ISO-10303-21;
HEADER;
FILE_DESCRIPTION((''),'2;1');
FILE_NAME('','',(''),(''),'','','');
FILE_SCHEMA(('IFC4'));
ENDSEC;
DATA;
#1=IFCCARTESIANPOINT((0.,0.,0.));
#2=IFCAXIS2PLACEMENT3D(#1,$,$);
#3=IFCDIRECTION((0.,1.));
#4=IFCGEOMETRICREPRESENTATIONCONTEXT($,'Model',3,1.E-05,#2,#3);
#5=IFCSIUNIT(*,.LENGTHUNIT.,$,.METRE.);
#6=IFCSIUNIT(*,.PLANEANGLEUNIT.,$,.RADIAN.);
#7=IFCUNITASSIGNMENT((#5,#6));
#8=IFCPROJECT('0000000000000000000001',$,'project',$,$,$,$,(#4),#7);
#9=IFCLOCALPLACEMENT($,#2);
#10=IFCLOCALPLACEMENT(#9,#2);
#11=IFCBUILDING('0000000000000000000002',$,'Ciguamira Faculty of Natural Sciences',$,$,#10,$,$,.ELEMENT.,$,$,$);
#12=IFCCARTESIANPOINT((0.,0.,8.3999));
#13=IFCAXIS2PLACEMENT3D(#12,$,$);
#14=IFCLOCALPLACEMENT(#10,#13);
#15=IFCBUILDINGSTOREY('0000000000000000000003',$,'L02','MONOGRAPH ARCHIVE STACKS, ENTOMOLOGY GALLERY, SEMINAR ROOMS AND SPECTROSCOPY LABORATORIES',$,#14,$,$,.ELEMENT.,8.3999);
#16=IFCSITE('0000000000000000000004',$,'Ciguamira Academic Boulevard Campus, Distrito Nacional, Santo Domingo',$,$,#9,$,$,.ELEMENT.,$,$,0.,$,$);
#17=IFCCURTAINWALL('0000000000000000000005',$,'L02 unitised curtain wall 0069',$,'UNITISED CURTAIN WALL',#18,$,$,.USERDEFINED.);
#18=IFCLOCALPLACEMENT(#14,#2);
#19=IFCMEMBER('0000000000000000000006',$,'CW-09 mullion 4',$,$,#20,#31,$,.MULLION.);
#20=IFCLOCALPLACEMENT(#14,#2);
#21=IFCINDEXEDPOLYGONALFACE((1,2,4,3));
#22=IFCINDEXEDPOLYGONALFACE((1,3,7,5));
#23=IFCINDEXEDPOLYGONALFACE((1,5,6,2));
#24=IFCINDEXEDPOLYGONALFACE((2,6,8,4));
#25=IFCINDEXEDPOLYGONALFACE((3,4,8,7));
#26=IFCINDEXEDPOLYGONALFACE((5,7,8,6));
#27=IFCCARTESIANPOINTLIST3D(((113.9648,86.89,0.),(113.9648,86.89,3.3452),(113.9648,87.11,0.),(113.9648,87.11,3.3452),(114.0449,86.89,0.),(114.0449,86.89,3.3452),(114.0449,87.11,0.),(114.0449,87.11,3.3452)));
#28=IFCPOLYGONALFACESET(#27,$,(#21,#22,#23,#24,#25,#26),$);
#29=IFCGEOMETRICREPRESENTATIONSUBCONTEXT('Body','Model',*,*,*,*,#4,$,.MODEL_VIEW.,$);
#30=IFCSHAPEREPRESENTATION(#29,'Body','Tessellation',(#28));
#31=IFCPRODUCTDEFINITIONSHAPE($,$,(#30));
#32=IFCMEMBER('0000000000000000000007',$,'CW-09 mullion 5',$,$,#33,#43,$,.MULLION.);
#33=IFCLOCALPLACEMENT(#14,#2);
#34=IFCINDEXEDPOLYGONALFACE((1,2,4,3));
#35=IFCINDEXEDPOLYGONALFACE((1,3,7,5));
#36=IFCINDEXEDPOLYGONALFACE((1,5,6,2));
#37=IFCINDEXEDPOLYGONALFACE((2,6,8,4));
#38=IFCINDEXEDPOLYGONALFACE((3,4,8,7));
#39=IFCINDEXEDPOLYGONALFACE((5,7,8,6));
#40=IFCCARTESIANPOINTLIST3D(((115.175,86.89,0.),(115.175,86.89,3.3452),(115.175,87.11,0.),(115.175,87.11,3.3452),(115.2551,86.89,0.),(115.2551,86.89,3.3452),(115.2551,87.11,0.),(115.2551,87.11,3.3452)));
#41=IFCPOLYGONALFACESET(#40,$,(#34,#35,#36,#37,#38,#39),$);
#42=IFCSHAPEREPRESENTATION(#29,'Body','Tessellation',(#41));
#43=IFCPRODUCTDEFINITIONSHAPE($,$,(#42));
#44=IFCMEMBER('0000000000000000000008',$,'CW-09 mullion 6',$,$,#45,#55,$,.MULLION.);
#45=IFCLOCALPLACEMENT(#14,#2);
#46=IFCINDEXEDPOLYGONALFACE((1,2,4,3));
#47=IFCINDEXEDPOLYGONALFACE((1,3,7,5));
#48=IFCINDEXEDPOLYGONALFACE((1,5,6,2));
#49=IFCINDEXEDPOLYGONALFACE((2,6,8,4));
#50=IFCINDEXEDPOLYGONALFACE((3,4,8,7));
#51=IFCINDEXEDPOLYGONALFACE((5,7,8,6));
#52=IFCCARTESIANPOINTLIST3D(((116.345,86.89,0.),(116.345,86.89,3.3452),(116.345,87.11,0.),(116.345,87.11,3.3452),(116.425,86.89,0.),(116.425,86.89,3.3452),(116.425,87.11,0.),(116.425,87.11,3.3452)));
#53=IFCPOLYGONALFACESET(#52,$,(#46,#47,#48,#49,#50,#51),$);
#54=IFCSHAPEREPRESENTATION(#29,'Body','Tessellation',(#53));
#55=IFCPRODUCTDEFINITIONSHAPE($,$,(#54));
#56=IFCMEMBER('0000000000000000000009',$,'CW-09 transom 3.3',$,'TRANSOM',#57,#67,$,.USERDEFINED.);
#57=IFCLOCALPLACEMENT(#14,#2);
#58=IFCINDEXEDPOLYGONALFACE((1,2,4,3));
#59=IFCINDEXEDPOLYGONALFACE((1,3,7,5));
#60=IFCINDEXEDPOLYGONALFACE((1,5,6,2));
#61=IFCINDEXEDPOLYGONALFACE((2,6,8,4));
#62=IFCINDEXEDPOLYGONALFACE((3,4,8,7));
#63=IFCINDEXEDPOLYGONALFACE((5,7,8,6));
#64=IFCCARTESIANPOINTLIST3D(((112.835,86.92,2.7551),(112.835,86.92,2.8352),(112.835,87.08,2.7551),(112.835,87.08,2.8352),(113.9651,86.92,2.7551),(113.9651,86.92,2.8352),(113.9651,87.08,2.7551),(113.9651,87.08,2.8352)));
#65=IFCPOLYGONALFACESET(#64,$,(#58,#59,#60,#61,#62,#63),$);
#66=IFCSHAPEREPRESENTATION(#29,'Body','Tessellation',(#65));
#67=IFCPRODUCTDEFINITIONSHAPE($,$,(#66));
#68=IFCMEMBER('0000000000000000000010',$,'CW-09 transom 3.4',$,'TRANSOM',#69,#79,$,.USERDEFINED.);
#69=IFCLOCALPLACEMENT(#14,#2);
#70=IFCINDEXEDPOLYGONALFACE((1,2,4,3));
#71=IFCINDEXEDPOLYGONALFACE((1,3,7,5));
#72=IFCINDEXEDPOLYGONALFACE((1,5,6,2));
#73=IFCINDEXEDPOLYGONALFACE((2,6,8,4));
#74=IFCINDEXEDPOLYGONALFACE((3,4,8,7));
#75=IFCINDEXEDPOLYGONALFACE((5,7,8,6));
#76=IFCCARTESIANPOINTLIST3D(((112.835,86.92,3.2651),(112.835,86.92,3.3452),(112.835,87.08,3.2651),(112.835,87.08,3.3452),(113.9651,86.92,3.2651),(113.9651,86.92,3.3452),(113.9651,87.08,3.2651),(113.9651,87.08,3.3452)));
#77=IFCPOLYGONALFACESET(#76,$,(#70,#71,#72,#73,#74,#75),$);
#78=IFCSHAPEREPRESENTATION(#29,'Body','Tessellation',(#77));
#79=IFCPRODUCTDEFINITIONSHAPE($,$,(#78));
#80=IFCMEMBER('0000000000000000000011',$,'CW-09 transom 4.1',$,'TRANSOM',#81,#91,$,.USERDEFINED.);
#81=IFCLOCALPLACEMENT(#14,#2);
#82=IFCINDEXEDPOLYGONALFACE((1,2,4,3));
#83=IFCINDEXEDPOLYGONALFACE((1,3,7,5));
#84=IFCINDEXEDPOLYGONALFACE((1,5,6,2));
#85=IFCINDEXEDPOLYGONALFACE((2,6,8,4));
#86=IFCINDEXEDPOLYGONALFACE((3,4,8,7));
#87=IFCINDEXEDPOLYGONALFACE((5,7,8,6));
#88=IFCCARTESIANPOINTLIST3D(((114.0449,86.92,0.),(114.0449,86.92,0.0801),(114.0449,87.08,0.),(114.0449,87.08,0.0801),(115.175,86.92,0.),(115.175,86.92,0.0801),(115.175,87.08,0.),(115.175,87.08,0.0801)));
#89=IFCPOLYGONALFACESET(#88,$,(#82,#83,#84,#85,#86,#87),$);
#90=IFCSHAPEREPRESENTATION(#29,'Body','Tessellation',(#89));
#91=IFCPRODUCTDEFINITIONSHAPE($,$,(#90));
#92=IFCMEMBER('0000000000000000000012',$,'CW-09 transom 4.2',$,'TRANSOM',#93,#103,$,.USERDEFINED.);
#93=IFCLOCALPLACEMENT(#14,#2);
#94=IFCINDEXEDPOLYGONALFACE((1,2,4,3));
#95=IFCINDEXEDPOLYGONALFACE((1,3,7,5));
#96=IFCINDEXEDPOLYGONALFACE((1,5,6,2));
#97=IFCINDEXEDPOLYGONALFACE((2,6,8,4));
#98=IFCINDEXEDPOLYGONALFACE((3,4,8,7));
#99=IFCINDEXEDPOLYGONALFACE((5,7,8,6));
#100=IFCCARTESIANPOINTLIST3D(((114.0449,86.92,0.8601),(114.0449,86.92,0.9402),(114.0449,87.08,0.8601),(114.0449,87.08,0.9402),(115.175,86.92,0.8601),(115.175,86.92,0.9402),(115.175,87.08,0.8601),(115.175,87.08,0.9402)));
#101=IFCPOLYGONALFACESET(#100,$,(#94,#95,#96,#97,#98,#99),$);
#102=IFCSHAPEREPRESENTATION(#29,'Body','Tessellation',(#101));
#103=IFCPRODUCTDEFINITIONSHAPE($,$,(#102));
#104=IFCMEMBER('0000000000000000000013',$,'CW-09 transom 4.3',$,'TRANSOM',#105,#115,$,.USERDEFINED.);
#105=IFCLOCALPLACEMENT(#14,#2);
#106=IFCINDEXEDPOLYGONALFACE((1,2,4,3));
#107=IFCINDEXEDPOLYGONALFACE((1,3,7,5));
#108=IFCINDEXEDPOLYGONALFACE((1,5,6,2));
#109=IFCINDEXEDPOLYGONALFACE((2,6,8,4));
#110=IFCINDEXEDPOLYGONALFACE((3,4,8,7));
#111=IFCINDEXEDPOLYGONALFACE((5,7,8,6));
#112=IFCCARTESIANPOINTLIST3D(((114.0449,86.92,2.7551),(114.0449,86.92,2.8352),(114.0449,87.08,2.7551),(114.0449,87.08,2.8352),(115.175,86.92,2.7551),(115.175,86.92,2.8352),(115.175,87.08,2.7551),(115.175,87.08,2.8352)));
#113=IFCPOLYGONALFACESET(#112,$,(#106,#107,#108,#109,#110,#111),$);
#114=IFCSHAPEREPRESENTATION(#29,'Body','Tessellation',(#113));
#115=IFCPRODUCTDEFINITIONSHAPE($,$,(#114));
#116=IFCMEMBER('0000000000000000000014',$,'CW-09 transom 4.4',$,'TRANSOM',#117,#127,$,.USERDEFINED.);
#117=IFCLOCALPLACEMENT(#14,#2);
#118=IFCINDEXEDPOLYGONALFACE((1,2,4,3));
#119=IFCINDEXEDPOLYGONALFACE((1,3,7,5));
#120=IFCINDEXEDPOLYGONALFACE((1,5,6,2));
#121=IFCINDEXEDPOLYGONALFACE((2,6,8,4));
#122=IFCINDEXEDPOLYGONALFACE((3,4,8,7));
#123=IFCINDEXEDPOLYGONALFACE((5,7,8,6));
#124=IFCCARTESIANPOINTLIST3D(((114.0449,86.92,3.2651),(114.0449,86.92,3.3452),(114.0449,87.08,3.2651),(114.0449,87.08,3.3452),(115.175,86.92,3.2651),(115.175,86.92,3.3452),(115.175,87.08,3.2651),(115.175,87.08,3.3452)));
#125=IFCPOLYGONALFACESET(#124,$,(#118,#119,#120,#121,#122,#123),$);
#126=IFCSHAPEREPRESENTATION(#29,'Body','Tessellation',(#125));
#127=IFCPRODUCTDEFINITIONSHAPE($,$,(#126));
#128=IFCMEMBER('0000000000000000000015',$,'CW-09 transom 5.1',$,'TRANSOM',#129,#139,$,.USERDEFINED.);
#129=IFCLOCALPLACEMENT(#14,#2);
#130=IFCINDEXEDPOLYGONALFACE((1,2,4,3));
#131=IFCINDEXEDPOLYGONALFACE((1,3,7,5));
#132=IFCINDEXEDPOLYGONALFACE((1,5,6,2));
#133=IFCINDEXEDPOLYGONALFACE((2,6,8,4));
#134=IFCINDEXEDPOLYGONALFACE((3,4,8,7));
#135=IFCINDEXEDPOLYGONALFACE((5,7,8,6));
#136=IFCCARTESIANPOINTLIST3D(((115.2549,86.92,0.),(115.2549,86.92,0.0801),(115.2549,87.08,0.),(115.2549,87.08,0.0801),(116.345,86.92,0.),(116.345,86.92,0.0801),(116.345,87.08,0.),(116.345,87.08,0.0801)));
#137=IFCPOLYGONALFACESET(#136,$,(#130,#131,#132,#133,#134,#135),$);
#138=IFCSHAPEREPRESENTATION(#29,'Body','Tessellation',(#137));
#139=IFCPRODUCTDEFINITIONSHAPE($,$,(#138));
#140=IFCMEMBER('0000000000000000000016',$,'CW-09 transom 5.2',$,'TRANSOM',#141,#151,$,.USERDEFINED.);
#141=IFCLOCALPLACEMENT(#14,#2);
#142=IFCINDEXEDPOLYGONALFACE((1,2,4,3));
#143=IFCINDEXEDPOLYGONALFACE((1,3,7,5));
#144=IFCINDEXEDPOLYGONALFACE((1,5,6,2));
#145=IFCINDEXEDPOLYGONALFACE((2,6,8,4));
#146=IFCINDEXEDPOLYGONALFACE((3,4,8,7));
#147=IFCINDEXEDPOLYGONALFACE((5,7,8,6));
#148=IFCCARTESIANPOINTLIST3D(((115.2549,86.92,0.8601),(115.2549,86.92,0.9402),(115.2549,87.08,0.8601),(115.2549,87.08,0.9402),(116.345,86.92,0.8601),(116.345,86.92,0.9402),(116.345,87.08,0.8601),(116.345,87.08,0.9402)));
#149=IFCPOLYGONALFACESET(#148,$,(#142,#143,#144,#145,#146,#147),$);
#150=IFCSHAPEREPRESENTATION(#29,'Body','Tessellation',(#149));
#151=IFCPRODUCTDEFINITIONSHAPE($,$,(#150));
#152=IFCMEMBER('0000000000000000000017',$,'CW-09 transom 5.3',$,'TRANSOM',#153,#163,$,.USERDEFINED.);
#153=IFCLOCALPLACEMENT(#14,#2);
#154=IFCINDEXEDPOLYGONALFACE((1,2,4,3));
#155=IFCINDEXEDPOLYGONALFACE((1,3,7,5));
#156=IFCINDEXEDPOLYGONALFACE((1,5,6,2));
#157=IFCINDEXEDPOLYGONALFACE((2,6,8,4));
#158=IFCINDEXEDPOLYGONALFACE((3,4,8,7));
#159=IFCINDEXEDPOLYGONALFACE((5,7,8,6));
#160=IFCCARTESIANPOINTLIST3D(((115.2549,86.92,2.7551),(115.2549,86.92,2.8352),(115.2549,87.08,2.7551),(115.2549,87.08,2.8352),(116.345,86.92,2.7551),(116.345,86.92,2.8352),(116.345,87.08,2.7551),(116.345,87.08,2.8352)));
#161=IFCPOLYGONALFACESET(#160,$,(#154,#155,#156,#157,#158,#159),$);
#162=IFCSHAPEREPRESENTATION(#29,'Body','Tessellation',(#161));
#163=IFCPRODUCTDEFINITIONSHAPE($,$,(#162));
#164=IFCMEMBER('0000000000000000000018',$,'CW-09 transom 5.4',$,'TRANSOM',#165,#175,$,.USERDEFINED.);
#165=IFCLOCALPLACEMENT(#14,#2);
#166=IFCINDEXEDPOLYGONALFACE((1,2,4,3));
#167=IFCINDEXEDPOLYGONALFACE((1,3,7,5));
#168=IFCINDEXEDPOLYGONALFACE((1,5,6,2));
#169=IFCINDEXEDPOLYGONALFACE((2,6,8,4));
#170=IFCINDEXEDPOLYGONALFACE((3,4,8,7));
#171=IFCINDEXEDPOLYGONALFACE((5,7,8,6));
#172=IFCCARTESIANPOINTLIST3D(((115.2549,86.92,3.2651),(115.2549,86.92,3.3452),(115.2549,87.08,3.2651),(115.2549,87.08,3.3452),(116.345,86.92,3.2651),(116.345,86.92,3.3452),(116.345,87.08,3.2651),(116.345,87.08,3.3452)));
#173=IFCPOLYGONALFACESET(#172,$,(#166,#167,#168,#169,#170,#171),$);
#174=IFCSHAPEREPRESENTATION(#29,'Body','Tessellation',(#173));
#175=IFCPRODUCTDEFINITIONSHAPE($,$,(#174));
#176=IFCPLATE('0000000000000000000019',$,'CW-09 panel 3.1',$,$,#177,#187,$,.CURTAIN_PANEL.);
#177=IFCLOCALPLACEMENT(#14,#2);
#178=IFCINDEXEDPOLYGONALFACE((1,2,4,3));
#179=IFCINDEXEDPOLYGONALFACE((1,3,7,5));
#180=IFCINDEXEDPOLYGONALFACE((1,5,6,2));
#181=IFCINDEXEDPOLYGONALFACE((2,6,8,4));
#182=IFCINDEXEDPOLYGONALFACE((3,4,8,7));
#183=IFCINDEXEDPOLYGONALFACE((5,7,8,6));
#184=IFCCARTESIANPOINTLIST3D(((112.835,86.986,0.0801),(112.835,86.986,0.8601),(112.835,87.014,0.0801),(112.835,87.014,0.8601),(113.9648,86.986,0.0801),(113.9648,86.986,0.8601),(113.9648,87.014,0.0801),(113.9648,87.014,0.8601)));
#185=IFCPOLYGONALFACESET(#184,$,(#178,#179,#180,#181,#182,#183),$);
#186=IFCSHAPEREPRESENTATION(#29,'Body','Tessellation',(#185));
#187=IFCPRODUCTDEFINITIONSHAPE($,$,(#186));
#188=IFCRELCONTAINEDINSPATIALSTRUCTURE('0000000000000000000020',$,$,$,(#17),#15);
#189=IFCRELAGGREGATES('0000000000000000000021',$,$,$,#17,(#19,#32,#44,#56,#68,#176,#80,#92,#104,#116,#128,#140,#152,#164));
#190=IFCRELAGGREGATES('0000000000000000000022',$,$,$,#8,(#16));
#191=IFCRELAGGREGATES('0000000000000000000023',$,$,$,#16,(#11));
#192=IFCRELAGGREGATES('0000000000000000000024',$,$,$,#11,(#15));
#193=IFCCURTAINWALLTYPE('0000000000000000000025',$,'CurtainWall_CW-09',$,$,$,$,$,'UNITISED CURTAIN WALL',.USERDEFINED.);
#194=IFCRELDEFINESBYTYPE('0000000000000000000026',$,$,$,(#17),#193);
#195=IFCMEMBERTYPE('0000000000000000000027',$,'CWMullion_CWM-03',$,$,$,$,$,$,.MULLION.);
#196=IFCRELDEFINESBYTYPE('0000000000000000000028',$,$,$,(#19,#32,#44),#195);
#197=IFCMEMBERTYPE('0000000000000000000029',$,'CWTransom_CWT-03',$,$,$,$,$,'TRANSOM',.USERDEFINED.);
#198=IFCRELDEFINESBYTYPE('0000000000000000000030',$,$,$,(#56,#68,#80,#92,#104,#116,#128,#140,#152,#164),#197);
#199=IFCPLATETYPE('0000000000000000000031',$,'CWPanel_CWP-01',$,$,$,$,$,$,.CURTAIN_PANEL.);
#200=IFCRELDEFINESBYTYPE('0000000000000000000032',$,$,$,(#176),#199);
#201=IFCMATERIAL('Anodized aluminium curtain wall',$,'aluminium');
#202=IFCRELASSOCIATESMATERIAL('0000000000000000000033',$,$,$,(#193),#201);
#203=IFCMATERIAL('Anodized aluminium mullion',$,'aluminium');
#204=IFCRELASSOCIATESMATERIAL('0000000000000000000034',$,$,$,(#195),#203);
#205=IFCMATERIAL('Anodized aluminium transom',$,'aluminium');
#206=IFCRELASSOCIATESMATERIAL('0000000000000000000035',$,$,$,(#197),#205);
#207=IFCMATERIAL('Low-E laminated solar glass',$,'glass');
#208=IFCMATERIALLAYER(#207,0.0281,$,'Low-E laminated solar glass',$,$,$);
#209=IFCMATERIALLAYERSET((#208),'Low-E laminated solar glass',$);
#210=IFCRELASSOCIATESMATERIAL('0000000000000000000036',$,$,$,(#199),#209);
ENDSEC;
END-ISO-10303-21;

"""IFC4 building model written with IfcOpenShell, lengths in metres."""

from ifc_helpers import new_model, si_unit, direction, frame, origin, origin_2d, place, context, subcontext, project, spatial, rectangle, extrude, material, layer, layer_set, material_profile, profile_set, type_object, element, aggregate, save


model = new_model("IFC4")

# Units and contexts
model_context = context("Model", 3, precision=1e-05, world=origin(), true_north=direction((0.0, 1.0)))
body_context = subcontext(model_context, "Body", "Model", "MODEL_VIEW")
ifc_project = project(units=[si_unit("LENGTHUNIT", "METRE"), si_unit("PLANEANGLEUNIT", "RADIAN")], contexts=[model_context])

# Site, building, storey
site_placement = place(None, origin())
site = spatial("IfcSite", under=ifc_project, at=site_placement, Name="Ciguamira Academic Boulevard Campus, Distrito Nacional, Santo Domingo", CompositionType="ELEMENT", RefElevation=0.0)
building_placement = place(site_placement, origin())
building = spatial("IfcBuilding", under=site, at=building_placement, Name="Ciguamira Faculty of Natural Sciences", CompositionType="ELEMENT")
storey_placement = place(building_placement, frame((0.0, 0.0, 8.3999)))
storey = spatial("IfcBuildingStorey", under=building, at=storey_placement, Name="L02", Description="MONOGRAPH ARCHIVE STACKS, ENTOMOLOGY GALLERY, SEMINAR ROOMS AND SPECTROSCOPY LABORATORIES", CompositionType="ELEMENT", Elevation=8.3999)

# Curtain wall, members, plate
ifc_material_1 = material(Name="Anodized aluminium curtain wall", Category="aluminium")
curtain_wall_type = type_object("IfcCurtainWallType", Name="CurtainWall_CW-09", ElementType="UNITISED CURTAIN WALL", PredefinedType="USERDEFINED", material=ifc_material_1)
curtain_wall_placement = place(storey_placement, origin())
curtain_wall = element("IfcCurtainWall", 1, at=curtain_wall_placement, inside=storey, type_object=curtain_wall_type, Name="L02 unitised curtain wall 0069", ObjectType="UNITISED CURTAIN WALL", PredefinedType="USERDEFINED")
ifc_material_2 = material(Name="Anodized aluminium mullion", Category="aluminium")
ifc_material_profile_1 = material_profile(ifc_material_2, rectangle(XDim=0.0801, YDim=0.22, at=origin_2d()), Name="ALU-MUL-80X220")
ifc_profile_set_1 = profile_set([ifc_material_profile_1], Name="Anodized aluminium mullion")
member_type_1 = type_object("IfcMemberType", Name="CWMullion_CWM-03", PredefinedType="MULLION", material=ifc_profile_set_1)
member_1_placement = place(storey_placement, frame((114.0049, 87.0, 0.0), z_axis=(0.0, 0.0, 1.0), x_axis=(1.0, 0.0, 0.0)))
member_1 = element("IfcMember", 2, at=member_1_placement, type_object=member_type_1, Name="CW-09 mullion 4", PredefinedType="MULLION", context=body_context, shape_type="SweptSolid", body=[
    extrude(rectangle(XDim=0.0801, YDim=0.22, at=origin_2d()), origin(), (0.0, 0.0, 1.0), 3.3452),
])
member_2_placement = place(storey_placement, frame((115.2151, 87.0, 0.0), z_axis=(0.0, 0.0, 1.0), x_axis=(1.0, 0.0, 0.0)))
member_2 = element("IfcMember", 3, at=member_2_placement, type_object=member_type_1, Name="CW-09 mullion 5", PredefinedType="MULLION", context=body_context, shape_type="SweptSolid", body=[
    extrude(rectangle(XDim=0.0801, YDim=0.22, at=origin_2d()), origin(), (0.0, 0.0, 1.0), 3.3452),
])
member_3_placement = place(storey_placement, frame((116.385, 87.0, 0.0), z_axis=(0.0, 0.0, 1.0), x_axis=(1.0, 0.0, 0.0)))
member_3 = element("IfcMember", 4, at=member_3_placement, type_object=member_type_1, Name="CW-09 mullion 6", PredefinedType="MULLION", context=body_context, shape_type="SweptSolid", body=[
    extrude(rectangle(XDim=0.0801, YDim=0.22, at=origin_2d()), origin(), (0.0, 0.0, 1.0), 3.3452),
])
ifc_material_3 = material(Name="Anodized aluminium transom", Category="aluminium")
ifc_material_profile_2 = material_profile(ifc_material_3, rectangle(XDim=0.0801, YDim=0.1599, at=origin_2d()), Name="ALU-TRN-80X160")
ifc_profile_set_2 = profile_set([ifc_material_profile_2], Name="Anodized aluminium transom")
member_type_2 = type_object("IfcMemberType", Name="CWTransom_CWT-03", ElementType="TRANSOM", PredefinedType="USERDEFINED", material=ifc_profile_set_2)
member_4_placement = place(storey_placement, frame((112.835, 87.0, 2.7952), z_axis=(1.0, 0.0, 0.0), x_axis=(0.0, 0.0, 1.0)))
member_4 = element("IfcMember", 5, at=member_4_placement, type_object=member_type_2, Name="CW-09 transom 3.3", ObjectType="TRANSOM", PredefinedType="USERDEFINED", context=body_context, shape_type="SweptSolid", body=[
    extrude(rectangle(XDim=0.0801, YDim=0.1599, at=origin_2d()), origin(), (0.0, 0.0, 1.0), 1.1301),
])
member_5_placement = place(storey_placement, frame((112.835, 87.0, 3.3052), z_axis=(1.0, 0.0, 0.0), x_axis=(0.0, 0.0, 1.0)))
member_5 = element("IfcMember", 6, at=member_5_placement, type_object=member_type_2, Name="CW-09 transom 3.4", ObjectType="TRANSOM", PredefinedType="USERDEFINED", context=body_context, shape_type="SweptSolid", body=[
    extrude(rectangle(XDim=0.0801, YDim=0.1599, at=origin_2d()), origin(), (0.0, 0.0, 1.0), 1.1301),
])
member_6_placement = place(storey_placement, frame((114.0449, 87.0, 0.04), z_axis=(1.0, 0.0, 0.0), x_axis=(0.0, 0.0, 1.0)))
member_6 = element("IfcMember", 7, at=member_6_placement, type_object=member_type_2, Name="CW-09 transom 4.1", ObjectType="TRANSOM", PredefinedType="USERDEFINED", context=body_context, shape_type="SweptSolid", body=[
    extrude(rectangle(XDim=0.0801, YDim=0.1599, at=origin_2d()), origin(), (0.0, 0.0, 1.0), 1.1301),
])
member_7_placement = place(storey_placement, frame((114.0449, 87.0, 0.9001), z_axis=(1.0, 0.0, 0.0), x_axis=(0.0, 0.0, 1.0)))
member_7 = element("IfcMember", 8, at=member_7_placement, type_object=member_type_2, Name="CW-09 transom 4.2", ObjectType="TRANSOM", PredefinedType="USERDEFINED", context=body_context, shape_type="SweptSolid", body=[
    extrude(rectangle(XDim=0.0801, YDim=0.1599, at=origin_2d()), origin(), (0.0, 0.0, 1.0), 1.1301),
])
member_8_placement = place(storey_placement, frame((114.0449, 87.0, 2.7952), z_axis=(1.0, 0.0, 0.0), x_axis=(0.0, 0.0, 1.0)))
member_8 = element("IfcMember", 9, at=member_8_placement, type_object=member_type_2, Name="CW-09 transom 4.3", ObjectType="TRANSOM", PredefinedType="USERDEFINED", context=body_context, shape_type="SweptSolid", body=[
    extrude(rectangle(XDim=0.0801, YDim=0.1599, at=origin_2d()), origin(), (0.0, 0.0, 1.0), 1.1301),
])
member_9_placement = place(storey_placement, frame((114.0449, 87.0, 3.3052), z_axis=(1.0, 0.0, 0.0), x_axis=(0.0, 0.0, 1.0)))
member_9 = element("IfcMember", 10, at=member_9_placement, type_object=member_type_2, Name="CW-09 transom 4.4", ObjectType="TRANSOM", PredefinedType="USERDEFINED", context=body_context, shape_type="SweptSolid", body=[
    extrude(rectangle(XDim=0.0801, YDim=0.1599, at=origin_2d()), origin(), (0.0, 0.0, 1.0), 1.1301),
])
member_10_placement = place(storey_placement, frame((115.2549, 87.0, 0.04), z_axis=(1.0, 0.0, 0.0), x_axis=(0.0, 0.0, 1.0)))
member_10 = element("IfcMember", 11, at=member_10_placement, type_object=member_type_2, Name="CW-09 transom 5.1", ObjectType="TRANSOM", PredefinedType="USERDEFINED", context=body_context, shape_type="SweptSolid", body=[
    extrude(rectangle(XDim=0.0801, YDim=0.1599, at=origin_2d()), origin(), (0.0, 0.0, 1.0), 1.0901),
])
member_11_placement = place(storey_placement, frame((115.2549, 87.0, 0.9001), z_axis=(1.0, 0.0, 0.0), x_axis=(0.0, 0.0, 1.0)))
member_11 = element("IfcMember", 12, at=member_11_placement, type_object=member_type_2, Name="CW-09 transom 5.2", ObjectType="TRANSOM", PredefinedType="USERDEFINED", context=body_context, shape_type="SweptSolid", body=[
    extrude(rectangle(XDim=0.0801, YDim=0.1599, at=origin_2d()), origin(), (0.0, 0.0, 1.0), 1.0901),
])
member_12_placement = place(storey_placement, frame((115.2549, 87.0, 2.7952), z_axis=(1.0, 0.0, 0.0), x_axis=(0.0, 0.0, 1.0)))
member_12 = element("IfcMember", 13, at=member_12_placement, type_object=member_type_2, Name="CW-09 transom 5.3", ObjectType="TRANSOM", PredefinedType="USERDEFINED", context=body_context, shape_type="SweptSolid", body=[
    extrude(rectangle(XDim=0.0801, YDim=0.1599, at=origin_2d()), origin(), (0.0, 0.0, 1.0), 1.0901),
])
member_13_placement = place(storey_placement, frame((115.2549, 87.0, 3.3052), z_axis=(1.0, 0.0, 0.0), x_axis=(0.0, 0.0, 1.0)))
member_13 = element("IfcMember", 14, at=member_13_placement, type_object=member_type_2, Name="CW-09 transom 5.4", ObjectType="TRANSOM", PredefinedType="USERDEFINED", context=body_context, shape_type="SweptSolid", body=[
    extrude(rectangle(XDim=0.0801, YDim=0.1599, at=origin_2d()), origin(), (0.0, 0.0, 1.0), 1.0901),
])
ifc_material_4 = material(Name="Low-E laminated solar glass", Category="glass")
ifc_layer = layer(ifc_material_4, 0.0281, Name="Low-E laminated solar glass")
ifc_layer_set = layer_set([ifc_layer], Name="Low-E laminated solar glass")
plate_type = type_object("IfcPlateType", Name="CWPanel_CWP-01", PredefinedType="CURTAIN_PANEL", material=ifc_layer_set)
plate_1_placement = place(storey_placement, frame((113.3999, 87.0, 0.0801), z_axis=(0.0, 0.0, 1.0), x_axis=(1.0, 0.0, 0.0)))
plate_1 = element("IfcPlate", 15, at=plate_1_placement, type_object=plate_type, Name="CW-09 panel 3.1", PredefinedType="CURTAIN_PANEL", context=body_context, shape_type="SweptSolid", body=[
    extrude(rectangle(XDim=1.1299, YDim=0.0281, at=origin_2d()), origin(), (0.0, 0.0, 1.0), 0.78),
])
aggregate(curtain_wall, [member_1, member_2, member_3, member_4, member_5, plate_1, member_6, member_7, member_8, member_9, member_10, member_11, member_12, member_13])

save(model, "model.ifc")
